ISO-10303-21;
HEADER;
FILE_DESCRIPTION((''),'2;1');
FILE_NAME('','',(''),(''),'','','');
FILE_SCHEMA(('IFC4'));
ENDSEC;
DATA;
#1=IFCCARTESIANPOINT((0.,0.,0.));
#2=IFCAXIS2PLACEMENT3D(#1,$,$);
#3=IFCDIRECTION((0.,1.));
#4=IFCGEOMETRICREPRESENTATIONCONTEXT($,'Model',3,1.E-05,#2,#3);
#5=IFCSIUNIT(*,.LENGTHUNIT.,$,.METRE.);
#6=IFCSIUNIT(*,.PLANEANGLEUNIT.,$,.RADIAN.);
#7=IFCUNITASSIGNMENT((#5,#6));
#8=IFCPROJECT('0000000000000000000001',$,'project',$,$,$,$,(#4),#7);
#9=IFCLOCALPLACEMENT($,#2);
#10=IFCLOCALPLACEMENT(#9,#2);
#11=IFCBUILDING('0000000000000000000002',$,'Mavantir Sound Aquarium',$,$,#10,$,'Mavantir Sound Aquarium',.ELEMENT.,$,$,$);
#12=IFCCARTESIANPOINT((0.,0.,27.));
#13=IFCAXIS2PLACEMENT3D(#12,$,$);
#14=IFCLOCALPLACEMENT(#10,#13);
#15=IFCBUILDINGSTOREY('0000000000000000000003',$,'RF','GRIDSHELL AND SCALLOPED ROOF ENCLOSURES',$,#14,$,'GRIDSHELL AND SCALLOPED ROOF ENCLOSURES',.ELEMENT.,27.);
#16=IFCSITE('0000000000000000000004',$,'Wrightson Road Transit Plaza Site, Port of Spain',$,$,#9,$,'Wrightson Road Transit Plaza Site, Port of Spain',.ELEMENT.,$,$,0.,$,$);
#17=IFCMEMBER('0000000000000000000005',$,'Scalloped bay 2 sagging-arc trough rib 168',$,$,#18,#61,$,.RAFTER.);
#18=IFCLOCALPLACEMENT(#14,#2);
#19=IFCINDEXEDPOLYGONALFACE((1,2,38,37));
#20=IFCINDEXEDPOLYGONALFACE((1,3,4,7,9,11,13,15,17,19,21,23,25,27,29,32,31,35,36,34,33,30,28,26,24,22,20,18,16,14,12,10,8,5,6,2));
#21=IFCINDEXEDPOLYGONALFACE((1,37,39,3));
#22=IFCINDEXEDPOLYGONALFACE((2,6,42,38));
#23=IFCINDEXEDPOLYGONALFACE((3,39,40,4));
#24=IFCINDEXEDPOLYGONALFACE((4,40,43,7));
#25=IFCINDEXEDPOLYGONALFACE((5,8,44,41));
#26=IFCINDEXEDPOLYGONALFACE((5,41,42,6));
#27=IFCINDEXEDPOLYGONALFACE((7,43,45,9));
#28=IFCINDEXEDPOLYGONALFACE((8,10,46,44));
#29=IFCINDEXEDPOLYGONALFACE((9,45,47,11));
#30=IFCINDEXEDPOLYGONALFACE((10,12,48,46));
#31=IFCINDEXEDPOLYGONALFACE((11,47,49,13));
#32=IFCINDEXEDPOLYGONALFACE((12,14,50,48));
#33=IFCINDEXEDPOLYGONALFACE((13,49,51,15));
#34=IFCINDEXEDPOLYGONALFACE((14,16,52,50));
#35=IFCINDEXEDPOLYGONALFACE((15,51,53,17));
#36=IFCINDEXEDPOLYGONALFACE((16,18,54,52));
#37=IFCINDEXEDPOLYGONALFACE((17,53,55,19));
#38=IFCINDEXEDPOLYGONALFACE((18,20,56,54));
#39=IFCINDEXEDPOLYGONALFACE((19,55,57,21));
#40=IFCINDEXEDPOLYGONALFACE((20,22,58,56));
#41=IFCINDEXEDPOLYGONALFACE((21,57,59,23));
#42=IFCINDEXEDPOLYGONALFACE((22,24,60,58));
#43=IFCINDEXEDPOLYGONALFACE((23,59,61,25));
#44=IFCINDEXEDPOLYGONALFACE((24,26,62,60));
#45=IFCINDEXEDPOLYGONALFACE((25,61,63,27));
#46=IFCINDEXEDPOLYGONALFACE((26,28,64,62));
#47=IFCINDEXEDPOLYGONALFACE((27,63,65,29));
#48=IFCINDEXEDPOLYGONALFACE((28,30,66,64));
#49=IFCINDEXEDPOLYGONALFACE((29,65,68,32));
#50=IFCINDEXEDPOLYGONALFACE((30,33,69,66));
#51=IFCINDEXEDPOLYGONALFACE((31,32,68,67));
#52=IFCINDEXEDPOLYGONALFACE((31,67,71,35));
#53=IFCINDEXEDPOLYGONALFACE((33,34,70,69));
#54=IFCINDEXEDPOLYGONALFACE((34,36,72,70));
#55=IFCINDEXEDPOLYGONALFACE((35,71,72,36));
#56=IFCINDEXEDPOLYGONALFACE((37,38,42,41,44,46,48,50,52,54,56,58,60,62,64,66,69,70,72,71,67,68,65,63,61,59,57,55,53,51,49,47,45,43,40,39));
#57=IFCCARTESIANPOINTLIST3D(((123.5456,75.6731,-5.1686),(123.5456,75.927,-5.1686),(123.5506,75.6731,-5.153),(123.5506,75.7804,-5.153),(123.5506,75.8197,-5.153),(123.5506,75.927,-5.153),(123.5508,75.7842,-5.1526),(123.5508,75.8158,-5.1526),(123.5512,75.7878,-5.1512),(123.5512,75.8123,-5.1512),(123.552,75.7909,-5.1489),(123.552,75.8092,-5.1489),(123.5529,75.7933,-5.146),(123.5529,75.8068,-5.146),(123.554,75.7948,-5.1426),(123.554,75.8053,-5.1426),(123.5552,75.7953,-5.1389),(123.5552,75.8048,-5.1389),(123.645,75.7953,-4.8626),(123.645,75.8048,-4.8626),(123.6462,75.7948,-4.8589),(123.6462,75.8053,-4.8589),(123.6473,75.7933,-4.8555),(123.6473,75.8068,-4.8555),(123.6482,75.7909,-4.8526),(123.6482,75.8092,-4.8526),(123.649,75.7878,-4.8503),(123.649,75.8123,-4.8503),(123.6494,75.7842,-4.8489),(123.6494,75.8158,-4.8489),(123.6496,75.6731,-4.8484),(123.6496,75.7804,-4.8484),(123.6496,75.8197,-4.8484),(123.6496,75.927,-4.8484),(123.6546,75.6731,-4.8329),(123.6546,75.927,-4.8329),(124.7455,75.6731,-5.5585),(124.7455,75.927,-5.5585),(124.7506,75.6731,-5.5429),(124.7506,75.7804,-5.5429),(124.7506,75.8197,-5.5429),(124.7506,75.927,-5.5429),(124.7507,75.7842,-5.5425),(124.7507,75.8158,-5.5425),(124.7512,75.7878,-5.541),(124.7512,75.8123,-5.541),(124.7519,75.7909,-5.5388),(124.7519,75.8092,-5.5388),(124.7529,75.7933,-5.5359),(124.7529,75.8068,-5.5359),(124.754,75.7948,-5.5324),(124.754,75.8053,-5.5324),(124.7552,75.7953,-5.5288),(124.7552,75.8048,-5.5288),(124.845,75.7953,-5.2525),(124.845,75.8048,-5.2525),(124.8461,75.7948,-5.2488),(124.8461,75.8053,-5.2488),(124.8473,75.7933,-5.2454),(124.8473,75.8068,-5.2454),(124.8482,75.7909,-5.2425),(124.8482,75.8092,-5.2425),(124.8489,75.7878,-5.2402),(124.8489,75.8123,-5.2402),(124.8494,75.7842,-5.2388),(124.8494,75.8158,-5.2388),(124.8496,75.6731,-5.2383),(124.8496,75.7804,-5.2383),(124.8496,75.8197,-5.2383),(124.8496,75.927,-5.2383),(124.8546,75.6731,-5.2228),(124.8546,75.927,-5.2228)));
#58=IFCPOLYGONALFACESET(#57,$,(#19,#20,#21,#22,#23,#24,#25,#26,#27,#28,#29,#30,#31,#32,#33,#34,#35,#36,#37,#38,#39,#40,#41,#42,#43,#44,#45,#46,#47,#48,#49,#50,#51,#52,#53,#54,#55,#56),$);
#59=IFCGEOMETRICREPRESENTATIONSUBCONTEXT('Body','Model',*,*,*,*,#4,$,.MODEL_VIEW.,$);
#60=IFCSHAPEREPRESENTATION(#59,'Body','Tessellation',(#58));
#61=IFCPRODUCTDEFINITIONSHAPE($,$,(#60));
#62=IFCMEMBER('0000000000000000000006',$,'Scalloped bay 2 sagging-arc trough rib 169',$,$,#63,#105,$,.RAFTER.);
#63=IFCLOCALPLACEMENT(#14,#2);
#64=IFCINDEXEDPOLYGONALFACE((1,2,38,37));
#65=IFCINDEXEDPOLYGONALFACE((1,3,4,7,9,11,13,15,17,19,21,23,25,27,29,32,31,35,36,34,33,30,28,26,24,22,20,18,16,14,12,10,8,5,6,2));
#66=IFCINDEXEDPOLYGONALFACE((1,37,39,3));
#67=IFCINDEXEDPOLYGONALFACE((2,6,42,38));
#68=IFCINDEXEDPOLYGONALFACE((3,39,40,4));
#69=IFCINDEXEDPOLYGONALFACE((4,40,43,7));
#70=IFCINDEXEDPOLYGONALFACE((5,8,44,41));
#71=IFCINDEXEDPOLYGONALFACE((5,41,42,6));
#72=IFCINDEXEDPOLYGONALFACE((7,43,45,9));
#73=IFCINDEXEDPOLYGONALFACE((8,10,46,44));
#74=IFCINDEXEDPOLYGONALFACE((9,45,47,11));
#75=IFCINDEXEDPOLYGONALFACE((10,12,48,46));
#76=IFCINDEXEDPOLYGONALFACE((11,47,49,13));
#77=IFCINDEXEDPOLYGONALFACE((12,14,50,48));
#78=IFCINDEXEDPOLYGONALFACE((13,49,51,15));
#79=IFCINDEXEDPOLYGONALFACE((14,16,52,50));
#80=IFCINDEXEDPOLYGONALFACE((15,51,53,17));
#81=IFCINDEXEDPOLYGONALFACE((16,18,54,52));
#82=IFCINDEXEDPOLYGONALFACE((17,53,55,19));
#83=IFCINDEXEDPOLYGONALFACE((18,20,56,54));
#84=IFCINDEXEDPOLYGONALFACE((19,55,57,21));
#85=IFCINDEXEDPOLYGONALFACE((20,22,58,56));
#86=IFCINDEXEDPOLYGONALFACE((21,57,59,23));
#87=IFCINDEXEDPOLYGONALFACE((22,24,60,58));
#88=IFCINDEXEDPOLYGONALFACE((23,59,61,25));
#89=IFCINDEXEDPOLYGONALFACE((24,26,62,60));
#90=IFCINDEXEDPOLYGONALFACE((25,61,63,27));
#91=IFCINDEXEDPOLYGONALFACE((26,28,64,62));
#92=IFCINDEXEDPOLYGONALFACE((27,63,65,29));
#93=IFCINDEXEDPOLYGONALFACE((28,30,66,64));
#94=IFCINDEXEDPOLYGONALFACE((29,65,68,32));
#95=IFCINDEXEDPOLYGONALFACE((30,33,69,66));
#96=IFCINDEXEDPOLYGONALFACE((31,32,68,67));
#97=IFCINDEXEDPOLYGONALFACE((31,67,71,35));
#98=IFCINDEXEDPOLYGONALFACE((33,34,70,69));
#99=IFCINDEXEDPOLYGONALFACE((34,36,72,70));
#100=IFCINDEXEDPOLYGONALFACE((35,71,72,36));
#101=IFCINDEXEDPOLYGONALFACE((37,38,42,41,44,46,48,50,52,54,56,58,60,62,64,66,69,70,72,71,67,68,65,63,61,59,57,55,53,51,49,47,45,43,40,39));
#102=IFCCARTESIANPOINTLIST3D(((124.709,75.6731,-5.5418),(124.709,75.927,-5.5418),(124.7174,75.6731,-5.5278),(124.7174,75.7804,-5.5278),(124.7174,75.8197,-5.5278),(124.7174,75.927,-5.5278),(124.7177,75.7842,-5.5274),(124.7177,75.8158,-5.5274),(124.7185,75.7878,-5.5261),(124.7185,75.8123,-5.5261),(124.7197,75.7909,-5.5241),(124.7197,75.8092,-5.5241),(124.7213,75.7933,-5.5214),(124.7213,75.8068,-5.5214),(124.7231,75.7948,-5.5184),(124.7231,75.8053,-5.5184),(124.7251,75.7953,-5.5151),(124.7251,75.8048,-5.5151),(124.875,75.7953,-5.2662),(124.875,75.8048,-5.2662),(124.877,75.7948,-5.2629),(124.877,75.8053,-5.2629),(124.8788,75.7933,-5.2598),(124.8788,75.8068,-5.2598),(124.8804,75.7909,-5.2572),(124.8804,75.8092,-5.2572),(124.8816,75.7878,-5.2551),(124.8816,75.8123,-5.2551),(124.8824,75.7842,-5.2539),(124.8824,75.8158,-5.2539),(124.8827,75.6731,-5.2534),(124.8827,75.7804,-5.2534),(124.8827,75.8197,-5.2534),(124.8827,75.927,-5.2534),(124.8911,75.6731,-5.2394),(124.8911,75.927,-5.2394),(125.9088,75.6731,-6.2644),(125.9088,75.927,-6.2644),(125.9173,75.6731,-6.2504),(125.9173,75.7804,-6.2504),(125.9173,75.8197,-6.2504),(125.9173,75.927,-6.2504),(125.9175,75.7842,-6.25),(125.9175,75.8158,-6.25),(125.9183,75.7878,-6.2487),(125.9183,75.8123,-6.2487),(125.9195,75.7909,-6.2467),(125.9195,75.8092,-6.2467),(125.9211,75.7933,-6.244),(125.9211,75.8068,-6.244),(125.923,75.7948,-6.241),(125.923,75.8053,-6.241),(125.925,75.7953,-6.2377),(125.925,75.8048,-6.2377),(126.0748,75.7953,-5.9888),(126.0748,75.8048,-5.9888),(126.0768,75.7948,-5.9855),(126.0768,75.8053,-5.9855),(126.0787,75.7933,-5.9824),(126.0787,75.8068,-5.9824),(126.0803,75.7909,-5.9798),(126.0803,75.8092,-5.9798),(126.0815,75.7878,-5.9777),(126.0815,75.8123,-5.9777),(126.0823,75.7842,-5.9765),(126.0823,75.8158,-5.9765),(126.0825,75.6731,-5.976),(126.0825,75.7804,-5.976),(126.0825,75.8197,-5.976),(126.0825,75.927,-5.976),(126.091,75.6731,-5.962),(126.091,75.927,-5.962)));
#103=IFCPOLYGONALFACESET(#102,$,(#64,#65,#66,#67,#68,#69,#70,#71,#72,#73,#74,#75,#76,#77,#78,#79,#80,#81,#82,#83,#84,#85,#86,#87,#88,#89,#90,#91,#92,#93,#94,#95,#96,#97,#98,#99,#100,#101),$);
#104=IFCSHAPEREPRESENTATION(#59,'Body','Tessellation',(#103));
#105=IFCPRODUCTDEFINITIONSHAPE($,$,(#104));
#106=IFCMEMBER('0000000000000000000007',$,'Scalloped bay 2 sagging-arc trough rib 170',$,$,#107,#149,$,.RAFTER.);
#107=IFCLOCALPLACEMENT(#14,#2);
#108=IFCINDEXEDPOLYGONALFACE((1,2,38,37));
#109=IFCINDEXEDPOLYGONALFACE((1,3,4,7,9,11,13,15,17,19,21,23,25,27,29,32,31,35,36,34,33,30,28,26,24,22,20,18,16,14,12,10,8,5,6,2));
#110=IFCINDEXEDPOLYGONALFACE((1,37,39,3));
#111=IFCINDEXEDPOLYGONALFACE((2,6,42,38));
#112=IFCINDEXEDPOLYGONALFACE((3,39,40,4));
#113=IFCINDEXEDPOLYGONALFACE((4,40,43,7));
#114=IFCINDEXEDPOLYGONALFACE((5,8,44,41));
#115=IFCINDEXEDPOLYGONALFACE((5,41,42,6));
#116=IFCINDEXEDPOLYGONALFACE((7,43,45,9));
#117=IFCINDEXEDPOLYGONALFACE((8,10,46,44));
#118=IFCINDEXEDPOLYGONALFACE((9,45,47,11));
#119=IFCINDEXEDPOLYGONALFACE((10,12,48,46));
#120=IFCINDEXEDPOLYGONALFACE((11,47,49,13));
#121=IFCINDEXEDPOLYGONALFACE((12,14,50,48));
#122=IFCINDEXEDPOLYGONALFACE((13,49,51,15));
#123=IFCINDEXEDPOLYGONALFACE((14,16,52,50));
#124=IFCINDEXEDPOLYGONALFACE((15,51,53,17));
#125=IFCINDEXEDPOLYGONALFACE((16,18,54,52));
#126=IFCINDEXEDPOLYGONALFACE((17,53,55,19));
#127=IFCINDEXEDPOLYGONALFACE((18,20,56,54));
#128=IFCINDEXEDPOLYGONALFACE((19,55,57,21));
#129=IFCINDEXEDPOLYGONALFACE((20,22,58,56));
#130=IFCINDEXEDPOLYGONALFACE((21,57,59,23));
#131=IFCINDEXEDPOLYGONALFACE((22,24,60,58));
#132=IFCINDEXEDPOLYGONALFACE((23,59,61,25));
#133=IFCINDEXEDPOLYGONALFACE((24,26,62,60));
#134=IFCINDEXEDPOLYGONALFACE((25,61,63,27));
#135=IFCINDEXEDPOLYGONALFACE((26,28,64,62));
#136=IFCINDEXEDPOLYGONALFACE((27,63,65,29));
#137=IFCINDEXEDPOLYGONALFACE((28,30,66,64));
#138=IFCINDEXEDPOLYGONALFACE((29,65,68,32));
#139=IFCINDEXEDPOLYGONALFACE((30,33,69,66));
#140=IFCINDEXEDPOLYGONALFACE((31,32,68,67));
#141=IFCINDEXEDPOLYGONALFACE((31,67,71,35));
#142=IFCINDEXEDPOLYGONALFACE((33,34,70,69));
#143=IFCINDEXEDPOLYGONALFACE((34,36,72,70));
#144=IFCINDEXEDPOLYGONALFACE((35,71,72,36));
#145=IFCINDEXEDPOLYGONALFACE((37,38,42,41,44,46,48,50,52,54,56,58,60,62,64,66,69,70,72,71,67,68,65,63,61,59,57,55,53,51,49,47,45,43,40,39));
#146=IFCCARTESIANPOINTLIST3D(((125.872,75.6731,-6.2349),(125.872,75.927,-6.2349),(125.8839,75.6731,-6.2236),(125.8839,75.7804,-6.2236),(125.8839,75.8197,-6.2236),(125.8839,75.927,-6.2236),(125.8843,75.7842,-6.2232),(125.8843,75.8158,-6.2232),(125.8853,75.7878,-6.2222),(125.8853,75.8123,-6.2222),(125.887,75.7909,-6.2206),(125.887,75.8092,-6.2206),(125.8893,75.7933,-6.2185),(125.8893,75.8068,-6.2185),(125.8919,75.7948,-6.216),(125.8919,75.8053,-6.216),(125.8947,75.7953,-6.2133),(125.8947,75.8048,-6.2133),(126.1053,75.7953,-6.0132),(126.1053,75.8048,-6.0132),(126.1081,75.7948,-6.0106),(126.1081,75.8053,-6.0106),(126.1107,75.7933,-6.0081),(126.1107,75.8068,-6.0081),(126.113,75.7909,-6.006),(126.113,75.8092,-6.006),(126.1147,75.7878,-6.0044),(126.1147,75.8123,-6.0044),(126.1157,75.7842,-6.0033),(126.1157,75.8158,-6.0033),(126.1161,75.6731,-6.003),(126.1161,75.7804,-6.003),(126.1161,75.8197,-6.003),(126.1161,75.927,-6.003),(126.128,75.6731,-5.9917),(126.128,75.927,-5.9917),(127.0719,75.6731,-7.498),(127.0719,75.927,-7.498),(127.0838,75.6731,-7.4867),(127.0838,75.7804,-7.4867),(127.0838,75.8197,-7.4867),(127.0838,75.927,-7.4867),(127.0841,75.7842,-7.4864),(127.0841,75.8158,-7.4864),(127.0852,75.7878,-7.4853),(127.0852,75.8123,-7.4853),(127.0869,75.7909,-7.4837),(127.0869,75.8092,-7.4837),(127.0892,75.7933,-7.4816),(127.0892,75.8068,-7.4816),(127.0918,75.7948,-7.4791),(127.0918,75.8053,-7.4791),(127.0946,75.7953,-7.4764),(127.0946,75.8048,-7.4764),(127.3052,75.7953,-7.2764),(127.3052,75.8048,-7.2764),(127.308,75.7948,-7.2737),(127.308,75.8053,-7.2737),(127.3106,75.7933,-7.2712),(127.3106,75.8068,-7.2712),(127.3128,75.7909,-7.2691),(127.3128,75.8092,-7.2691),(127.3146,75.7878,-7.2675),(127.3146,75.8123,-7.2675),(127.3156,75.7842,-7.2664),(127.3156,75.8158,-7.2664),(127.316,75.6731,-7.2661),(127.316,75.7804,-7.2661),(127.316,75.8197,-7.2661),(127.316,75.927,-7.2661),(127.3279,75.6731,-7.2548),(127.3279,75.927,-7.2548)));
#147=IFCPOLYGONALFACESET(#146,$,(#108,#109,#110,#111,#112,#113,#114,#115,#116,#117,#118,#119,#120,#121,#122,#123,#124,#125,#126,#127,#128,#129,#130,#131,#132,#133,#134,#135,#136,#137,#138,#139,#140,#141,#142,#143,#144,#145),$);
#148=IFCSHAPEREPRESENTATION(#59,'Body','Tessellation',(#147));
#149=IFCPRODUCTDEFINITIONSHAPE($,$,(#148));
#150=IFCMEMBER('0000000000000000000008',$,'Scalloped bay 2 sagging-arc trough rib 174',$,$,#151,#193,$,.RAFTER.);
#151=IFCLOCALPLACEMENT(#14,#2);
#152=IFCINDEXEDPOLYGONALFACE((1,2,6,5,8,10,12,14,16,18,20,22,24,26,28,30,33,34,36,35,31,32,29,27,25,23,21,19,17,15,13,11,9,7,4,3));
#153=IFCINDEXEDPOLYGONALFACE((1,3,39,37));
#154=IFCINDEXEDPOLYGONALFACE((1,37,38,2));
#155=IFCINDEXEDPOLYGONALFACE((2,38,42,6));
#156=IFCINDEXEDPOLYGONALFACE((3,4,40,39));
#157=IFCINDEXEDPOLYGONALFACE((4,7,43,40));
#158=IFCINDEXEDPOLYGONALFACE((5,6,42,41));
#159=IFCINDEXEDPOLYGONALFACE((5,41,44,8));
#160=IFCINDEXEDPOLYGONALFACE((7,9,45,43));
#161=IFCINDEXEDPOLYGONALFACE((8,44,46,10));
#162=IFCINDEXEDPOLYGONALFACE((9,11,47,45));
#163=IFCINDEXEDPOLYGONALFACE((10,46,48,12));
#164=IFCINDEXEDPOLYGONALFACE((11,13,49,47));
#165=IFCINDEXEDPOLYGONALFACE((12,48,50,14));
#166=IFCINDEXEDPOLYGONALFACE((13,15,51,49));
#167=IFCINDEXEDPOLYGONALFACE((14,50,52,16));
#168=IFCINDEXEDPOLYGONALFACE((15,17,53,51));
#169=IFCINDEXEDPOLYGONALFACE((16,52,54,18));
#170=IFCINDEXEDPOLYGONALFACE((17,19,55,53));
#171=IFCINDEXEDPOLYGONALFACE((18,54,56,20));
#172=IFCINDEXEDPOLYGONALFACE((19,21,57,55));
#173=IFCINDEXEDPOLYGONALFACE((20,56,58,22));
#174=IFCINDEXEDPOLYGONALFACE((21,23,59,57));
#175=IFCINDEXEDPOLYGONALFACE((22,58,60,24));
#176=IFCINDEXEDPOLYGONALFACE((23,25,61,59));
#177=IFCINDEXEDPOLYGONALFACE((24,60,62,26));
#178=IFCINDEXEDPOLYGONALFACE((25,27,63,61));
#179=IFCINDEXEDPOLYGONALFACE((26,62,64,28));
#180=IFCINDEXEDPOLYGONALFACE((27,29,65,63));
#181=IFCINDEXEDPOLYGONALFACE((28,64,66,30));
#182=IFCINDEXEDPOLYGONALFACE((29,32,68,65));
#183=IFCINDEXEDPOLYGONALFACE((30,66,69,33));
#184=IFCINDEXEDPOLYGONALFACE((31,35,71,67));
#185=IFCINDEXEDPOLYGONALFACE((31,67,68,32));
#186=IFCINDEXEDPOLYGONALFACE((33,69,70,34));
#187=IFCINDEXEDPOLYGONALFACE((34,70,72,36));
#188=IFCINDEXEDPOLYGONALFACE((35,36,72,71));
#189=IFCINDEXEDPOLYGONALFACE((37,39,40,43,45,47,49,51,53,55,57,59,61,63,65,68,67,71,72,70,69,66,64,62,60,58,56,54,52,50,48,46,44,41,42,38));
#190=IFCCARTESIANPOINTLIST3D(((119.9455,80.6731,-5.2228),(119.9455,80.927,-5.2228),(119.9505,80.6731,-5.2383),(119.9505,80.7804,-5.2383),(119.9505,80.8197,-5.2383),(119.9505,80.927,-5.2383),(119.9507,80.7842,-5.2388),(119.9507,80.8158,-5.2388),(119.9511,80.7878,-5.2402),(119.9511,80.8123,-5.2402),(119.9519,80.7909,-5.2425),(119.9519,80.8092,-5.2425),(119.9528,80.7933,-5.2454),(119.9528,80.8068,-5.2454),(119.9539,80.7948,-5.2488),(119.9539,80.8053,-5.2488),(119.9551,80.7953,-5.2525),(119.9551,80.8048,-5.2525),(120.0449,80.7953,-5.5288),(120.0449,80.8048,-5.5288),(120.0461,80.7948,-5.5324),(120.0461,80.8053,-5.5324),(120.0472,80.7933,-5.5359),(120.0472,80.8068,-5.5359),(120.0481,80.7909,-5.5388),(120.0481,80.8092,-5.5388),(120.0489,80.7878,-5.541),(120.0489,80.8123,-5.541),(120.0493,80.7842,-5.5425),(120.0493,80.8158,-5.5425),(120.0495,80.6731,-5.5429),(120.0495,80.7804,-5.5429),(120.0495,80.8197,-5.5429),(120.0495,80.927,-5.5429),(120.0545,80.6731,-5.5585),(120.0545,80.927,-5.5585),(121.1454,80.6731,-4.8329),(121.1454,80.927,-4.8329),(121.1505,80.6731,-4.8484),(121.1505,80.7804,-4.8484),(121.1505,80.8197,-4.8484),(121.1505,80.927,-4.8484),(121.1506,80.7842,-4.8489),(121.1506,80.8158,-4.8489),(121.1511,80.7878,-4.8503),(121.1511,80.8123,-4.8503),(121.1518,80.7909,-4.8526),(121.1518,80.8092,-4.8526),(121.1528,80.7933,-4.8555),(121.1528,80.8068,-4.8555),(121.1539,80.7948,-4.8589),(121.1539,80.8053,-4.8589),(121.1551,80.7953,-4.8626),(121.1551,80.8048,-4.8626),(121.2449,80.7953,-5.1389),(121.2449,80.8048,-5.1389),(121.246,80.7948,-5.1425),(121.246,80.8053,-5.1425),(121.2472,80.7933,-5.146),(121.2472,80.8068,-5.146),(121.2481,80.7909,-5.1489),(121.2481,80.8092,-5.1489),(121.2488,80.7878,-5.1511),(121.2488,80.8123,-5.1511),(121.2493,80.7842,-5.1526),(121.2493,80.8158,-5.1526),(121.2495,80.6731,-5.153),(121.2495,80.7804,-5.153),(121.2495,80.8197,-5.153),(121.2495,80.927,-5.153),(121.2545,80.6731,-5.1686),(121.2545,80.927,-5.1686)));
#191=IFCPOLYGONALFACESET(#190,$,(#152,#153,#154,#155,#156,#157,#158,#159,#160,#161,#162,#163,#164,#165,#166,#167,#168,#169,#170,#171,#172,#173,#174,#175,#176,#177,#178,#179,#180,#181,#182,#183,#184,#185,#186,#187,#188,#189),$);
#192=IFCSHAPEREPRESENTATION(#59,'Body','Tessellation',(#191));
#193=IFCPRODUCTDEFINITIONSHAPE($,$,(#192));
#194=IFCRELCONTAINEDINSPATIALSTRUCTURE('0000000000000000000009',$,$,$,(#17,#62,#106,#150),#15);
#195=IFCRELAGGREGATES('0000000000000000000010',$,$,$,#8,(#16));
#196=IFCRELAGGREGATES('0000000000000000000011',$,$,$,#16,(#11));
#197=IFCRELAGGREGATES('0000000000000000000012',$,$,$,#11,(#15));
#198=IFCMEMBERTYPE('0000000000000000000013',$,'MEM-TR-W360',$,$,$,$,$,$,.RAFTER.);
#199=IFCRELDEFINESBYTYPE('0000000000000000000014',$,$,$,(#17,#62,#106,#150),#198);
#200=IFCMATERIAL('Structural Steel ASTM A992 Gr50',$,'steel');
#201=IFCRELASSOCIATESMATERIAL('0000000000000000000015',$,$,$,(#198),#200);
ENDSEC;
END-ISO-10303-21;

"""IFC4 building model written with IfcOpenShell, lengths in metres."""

from ifc_helpers import new_model, si_unit, direction, frame, origin, origin_2d, place, context, subcontext, project, spatial, i_section, extrude, material, material_profile, profile_set, type_object, element, save


model = new_model("IFC4")

# Units and contexts
model_context = context("Model", 3, precision=1e-05, world=origin(), true_north=direction((0.0, 1.0)))
body_context = subcontext(model_context, "Body", "Model", "MODEL_VIEW")
ifc_project = project(units=[si_unit("LENGTHUNIT", "METRE"), si_unit("PLANEANGLEUNIT", "RADIAN")], contexts=[model_context])

# Site, building, storey
site_placement = place(None, origin())
site = spatial("IfcSite", under=ifc_project, at=site_placement, Name="Wrightson Road Transit Plaza Site, Port of Spain", LongName="Wrightson Road Transit Plaza Site, Port of Spain", CompositionType="ELEMENT", RefElevation=0.0)
building_placement = place(site_placement, origin())
building = spatial("IfcBuilding", under=site, at=building_placement, Name="Mavantir Sound Aquarium", LongName="Mavantir Sound Aquarium", CompositionType="ELEMENT")
storey_placement = place(building_placement, frame((0.0, 0.0, 27.0)))
storey = spatial("IfcBuildingStorey", under=building, at=storey_placement, Name="RF", Description="GRIDSHELL AND SCALLOPED ROOF ENCLOSURES", LongName="GRIDSHELL AND SCALLOPED ROOF ENCLOSURES", CompositionType="ELEMENT", Elevation=27.0)

# Shared definitions
ifc_material_1 = material(Name="Structural Steel ASTM A992 Gr50", Category="steel")

# Members
ifc_material_profile_1 = material_profile(ifc_material_1, i_section(OverallWidth=0.2539, OverallDepth=0.353, WebThickness=0.0095, FlangeThickness=0.0164, FilletRadius=0.0149, at=origin_2d()), Name="W360X91")
ifc_profile_set_1 = profile_set([ifc_material_profile_1], Name="Structural Steel ASTM A992 Gr50")
member_type_1 = type_object("IfcMemberType", Name="MEM-TR-W360", PredefinedType="RAFTER", material=ifc_profile_set_1)
member_1_placement = place(storey_placement, frame((123.6001, 75.8, -5.0007), z_axis=(0.951055, 0.0, -0.30902), x_axis=(0.0, 1.0, 0.0)))
element("IfcMember", 1, at=member_1_placement, inside=storey, type_object=member_type_1, Name="Scalloped bay 2 sagging-arc trough rib 168", PredefinedType="RAFTER", context=body_context, shape_type="SweptSolid", body=[
    extrude(i_section(OverallWidth=0.2539, OverallDepth=0.353, WebThickness=0.0095, FlangeThickness=0.0164, FilletRadius=0.0149, at=origin_2d()), origin(), (0.0, 0.0, 1.0), 1.2617),
])
member_2_placement = place(storey_placement, frame((124.8, 75.8, -5.3906), z_axis=(0.856646, 0.0, -0.515905), x_axis=(0.0, 1.0, 0.0)))
element("IfcMember", 2, at=member_2_placement, inside=storey, type_object=member_type_1, Name="Scalloped bay 2 sagging-arc trough rib 169", PredefinedType="RAFTER", context=body_context, shape_type="SweptSolid", body=[
    extrude(i_section(OverallWidth=0.2539, OverallDepth=0.353, WebThickness=0.0095, FlangeThickness=0.0164, FilletRadius=0.0149, at=origin_2d()), origin(), (0.0, 0.0, 1.0), 1.4006),
])
member_3_placement = place(storey_placement, frame((126.0, 75.8, -6.1133), z_axis=(0.688727, 0.0, -0.72502), x_axis=(0.0, 1.0, 0.0)))
element("IfcMember", 3, at=member_3_placement, inside=storey, type_object=member_type_1, Name="Scalloped bay 2 sagging-arc trough rib 170", PredefinedType="RAFTER", context=body_context, shape_type="SweptSolid", body=[
    extrude(i_section(OverallWidth=0.2539, OverallDepth=0.353, WebThickness=0.0095, FlangeThickness=0.0164, FilletRadius=0.0149, at=origin_2d()), origin(), (0.0, 0.0, 1.0), 1.7422),
])
member_4_placement = place(storey_placement, frame((120.0, 80.8, -5.3906), z_axis=(0.951055, 0.0, 0.30902), x_axis=(0.0, 1.0, 0.0)))
element("IfcMember", 4, at=member_4_placement, inside=storey, type_object=member_type_1, Name="Scalloped bay 2 sagging-arc trough rib 174", PredefinedType="RAFTER", context=body_context, shape_type="SweptSolid", body=[
    extrude(i_section(OverallWidth=0.2539, OverallDepth=0.353, WebThickness=0.0095, FlangeThickness=0.0164, FilletRadius=0.0149, at=origin_2d()), origin(), (0.0, 0.0, 1.0), 1.2617),
])

save(model, "model.ifc")
